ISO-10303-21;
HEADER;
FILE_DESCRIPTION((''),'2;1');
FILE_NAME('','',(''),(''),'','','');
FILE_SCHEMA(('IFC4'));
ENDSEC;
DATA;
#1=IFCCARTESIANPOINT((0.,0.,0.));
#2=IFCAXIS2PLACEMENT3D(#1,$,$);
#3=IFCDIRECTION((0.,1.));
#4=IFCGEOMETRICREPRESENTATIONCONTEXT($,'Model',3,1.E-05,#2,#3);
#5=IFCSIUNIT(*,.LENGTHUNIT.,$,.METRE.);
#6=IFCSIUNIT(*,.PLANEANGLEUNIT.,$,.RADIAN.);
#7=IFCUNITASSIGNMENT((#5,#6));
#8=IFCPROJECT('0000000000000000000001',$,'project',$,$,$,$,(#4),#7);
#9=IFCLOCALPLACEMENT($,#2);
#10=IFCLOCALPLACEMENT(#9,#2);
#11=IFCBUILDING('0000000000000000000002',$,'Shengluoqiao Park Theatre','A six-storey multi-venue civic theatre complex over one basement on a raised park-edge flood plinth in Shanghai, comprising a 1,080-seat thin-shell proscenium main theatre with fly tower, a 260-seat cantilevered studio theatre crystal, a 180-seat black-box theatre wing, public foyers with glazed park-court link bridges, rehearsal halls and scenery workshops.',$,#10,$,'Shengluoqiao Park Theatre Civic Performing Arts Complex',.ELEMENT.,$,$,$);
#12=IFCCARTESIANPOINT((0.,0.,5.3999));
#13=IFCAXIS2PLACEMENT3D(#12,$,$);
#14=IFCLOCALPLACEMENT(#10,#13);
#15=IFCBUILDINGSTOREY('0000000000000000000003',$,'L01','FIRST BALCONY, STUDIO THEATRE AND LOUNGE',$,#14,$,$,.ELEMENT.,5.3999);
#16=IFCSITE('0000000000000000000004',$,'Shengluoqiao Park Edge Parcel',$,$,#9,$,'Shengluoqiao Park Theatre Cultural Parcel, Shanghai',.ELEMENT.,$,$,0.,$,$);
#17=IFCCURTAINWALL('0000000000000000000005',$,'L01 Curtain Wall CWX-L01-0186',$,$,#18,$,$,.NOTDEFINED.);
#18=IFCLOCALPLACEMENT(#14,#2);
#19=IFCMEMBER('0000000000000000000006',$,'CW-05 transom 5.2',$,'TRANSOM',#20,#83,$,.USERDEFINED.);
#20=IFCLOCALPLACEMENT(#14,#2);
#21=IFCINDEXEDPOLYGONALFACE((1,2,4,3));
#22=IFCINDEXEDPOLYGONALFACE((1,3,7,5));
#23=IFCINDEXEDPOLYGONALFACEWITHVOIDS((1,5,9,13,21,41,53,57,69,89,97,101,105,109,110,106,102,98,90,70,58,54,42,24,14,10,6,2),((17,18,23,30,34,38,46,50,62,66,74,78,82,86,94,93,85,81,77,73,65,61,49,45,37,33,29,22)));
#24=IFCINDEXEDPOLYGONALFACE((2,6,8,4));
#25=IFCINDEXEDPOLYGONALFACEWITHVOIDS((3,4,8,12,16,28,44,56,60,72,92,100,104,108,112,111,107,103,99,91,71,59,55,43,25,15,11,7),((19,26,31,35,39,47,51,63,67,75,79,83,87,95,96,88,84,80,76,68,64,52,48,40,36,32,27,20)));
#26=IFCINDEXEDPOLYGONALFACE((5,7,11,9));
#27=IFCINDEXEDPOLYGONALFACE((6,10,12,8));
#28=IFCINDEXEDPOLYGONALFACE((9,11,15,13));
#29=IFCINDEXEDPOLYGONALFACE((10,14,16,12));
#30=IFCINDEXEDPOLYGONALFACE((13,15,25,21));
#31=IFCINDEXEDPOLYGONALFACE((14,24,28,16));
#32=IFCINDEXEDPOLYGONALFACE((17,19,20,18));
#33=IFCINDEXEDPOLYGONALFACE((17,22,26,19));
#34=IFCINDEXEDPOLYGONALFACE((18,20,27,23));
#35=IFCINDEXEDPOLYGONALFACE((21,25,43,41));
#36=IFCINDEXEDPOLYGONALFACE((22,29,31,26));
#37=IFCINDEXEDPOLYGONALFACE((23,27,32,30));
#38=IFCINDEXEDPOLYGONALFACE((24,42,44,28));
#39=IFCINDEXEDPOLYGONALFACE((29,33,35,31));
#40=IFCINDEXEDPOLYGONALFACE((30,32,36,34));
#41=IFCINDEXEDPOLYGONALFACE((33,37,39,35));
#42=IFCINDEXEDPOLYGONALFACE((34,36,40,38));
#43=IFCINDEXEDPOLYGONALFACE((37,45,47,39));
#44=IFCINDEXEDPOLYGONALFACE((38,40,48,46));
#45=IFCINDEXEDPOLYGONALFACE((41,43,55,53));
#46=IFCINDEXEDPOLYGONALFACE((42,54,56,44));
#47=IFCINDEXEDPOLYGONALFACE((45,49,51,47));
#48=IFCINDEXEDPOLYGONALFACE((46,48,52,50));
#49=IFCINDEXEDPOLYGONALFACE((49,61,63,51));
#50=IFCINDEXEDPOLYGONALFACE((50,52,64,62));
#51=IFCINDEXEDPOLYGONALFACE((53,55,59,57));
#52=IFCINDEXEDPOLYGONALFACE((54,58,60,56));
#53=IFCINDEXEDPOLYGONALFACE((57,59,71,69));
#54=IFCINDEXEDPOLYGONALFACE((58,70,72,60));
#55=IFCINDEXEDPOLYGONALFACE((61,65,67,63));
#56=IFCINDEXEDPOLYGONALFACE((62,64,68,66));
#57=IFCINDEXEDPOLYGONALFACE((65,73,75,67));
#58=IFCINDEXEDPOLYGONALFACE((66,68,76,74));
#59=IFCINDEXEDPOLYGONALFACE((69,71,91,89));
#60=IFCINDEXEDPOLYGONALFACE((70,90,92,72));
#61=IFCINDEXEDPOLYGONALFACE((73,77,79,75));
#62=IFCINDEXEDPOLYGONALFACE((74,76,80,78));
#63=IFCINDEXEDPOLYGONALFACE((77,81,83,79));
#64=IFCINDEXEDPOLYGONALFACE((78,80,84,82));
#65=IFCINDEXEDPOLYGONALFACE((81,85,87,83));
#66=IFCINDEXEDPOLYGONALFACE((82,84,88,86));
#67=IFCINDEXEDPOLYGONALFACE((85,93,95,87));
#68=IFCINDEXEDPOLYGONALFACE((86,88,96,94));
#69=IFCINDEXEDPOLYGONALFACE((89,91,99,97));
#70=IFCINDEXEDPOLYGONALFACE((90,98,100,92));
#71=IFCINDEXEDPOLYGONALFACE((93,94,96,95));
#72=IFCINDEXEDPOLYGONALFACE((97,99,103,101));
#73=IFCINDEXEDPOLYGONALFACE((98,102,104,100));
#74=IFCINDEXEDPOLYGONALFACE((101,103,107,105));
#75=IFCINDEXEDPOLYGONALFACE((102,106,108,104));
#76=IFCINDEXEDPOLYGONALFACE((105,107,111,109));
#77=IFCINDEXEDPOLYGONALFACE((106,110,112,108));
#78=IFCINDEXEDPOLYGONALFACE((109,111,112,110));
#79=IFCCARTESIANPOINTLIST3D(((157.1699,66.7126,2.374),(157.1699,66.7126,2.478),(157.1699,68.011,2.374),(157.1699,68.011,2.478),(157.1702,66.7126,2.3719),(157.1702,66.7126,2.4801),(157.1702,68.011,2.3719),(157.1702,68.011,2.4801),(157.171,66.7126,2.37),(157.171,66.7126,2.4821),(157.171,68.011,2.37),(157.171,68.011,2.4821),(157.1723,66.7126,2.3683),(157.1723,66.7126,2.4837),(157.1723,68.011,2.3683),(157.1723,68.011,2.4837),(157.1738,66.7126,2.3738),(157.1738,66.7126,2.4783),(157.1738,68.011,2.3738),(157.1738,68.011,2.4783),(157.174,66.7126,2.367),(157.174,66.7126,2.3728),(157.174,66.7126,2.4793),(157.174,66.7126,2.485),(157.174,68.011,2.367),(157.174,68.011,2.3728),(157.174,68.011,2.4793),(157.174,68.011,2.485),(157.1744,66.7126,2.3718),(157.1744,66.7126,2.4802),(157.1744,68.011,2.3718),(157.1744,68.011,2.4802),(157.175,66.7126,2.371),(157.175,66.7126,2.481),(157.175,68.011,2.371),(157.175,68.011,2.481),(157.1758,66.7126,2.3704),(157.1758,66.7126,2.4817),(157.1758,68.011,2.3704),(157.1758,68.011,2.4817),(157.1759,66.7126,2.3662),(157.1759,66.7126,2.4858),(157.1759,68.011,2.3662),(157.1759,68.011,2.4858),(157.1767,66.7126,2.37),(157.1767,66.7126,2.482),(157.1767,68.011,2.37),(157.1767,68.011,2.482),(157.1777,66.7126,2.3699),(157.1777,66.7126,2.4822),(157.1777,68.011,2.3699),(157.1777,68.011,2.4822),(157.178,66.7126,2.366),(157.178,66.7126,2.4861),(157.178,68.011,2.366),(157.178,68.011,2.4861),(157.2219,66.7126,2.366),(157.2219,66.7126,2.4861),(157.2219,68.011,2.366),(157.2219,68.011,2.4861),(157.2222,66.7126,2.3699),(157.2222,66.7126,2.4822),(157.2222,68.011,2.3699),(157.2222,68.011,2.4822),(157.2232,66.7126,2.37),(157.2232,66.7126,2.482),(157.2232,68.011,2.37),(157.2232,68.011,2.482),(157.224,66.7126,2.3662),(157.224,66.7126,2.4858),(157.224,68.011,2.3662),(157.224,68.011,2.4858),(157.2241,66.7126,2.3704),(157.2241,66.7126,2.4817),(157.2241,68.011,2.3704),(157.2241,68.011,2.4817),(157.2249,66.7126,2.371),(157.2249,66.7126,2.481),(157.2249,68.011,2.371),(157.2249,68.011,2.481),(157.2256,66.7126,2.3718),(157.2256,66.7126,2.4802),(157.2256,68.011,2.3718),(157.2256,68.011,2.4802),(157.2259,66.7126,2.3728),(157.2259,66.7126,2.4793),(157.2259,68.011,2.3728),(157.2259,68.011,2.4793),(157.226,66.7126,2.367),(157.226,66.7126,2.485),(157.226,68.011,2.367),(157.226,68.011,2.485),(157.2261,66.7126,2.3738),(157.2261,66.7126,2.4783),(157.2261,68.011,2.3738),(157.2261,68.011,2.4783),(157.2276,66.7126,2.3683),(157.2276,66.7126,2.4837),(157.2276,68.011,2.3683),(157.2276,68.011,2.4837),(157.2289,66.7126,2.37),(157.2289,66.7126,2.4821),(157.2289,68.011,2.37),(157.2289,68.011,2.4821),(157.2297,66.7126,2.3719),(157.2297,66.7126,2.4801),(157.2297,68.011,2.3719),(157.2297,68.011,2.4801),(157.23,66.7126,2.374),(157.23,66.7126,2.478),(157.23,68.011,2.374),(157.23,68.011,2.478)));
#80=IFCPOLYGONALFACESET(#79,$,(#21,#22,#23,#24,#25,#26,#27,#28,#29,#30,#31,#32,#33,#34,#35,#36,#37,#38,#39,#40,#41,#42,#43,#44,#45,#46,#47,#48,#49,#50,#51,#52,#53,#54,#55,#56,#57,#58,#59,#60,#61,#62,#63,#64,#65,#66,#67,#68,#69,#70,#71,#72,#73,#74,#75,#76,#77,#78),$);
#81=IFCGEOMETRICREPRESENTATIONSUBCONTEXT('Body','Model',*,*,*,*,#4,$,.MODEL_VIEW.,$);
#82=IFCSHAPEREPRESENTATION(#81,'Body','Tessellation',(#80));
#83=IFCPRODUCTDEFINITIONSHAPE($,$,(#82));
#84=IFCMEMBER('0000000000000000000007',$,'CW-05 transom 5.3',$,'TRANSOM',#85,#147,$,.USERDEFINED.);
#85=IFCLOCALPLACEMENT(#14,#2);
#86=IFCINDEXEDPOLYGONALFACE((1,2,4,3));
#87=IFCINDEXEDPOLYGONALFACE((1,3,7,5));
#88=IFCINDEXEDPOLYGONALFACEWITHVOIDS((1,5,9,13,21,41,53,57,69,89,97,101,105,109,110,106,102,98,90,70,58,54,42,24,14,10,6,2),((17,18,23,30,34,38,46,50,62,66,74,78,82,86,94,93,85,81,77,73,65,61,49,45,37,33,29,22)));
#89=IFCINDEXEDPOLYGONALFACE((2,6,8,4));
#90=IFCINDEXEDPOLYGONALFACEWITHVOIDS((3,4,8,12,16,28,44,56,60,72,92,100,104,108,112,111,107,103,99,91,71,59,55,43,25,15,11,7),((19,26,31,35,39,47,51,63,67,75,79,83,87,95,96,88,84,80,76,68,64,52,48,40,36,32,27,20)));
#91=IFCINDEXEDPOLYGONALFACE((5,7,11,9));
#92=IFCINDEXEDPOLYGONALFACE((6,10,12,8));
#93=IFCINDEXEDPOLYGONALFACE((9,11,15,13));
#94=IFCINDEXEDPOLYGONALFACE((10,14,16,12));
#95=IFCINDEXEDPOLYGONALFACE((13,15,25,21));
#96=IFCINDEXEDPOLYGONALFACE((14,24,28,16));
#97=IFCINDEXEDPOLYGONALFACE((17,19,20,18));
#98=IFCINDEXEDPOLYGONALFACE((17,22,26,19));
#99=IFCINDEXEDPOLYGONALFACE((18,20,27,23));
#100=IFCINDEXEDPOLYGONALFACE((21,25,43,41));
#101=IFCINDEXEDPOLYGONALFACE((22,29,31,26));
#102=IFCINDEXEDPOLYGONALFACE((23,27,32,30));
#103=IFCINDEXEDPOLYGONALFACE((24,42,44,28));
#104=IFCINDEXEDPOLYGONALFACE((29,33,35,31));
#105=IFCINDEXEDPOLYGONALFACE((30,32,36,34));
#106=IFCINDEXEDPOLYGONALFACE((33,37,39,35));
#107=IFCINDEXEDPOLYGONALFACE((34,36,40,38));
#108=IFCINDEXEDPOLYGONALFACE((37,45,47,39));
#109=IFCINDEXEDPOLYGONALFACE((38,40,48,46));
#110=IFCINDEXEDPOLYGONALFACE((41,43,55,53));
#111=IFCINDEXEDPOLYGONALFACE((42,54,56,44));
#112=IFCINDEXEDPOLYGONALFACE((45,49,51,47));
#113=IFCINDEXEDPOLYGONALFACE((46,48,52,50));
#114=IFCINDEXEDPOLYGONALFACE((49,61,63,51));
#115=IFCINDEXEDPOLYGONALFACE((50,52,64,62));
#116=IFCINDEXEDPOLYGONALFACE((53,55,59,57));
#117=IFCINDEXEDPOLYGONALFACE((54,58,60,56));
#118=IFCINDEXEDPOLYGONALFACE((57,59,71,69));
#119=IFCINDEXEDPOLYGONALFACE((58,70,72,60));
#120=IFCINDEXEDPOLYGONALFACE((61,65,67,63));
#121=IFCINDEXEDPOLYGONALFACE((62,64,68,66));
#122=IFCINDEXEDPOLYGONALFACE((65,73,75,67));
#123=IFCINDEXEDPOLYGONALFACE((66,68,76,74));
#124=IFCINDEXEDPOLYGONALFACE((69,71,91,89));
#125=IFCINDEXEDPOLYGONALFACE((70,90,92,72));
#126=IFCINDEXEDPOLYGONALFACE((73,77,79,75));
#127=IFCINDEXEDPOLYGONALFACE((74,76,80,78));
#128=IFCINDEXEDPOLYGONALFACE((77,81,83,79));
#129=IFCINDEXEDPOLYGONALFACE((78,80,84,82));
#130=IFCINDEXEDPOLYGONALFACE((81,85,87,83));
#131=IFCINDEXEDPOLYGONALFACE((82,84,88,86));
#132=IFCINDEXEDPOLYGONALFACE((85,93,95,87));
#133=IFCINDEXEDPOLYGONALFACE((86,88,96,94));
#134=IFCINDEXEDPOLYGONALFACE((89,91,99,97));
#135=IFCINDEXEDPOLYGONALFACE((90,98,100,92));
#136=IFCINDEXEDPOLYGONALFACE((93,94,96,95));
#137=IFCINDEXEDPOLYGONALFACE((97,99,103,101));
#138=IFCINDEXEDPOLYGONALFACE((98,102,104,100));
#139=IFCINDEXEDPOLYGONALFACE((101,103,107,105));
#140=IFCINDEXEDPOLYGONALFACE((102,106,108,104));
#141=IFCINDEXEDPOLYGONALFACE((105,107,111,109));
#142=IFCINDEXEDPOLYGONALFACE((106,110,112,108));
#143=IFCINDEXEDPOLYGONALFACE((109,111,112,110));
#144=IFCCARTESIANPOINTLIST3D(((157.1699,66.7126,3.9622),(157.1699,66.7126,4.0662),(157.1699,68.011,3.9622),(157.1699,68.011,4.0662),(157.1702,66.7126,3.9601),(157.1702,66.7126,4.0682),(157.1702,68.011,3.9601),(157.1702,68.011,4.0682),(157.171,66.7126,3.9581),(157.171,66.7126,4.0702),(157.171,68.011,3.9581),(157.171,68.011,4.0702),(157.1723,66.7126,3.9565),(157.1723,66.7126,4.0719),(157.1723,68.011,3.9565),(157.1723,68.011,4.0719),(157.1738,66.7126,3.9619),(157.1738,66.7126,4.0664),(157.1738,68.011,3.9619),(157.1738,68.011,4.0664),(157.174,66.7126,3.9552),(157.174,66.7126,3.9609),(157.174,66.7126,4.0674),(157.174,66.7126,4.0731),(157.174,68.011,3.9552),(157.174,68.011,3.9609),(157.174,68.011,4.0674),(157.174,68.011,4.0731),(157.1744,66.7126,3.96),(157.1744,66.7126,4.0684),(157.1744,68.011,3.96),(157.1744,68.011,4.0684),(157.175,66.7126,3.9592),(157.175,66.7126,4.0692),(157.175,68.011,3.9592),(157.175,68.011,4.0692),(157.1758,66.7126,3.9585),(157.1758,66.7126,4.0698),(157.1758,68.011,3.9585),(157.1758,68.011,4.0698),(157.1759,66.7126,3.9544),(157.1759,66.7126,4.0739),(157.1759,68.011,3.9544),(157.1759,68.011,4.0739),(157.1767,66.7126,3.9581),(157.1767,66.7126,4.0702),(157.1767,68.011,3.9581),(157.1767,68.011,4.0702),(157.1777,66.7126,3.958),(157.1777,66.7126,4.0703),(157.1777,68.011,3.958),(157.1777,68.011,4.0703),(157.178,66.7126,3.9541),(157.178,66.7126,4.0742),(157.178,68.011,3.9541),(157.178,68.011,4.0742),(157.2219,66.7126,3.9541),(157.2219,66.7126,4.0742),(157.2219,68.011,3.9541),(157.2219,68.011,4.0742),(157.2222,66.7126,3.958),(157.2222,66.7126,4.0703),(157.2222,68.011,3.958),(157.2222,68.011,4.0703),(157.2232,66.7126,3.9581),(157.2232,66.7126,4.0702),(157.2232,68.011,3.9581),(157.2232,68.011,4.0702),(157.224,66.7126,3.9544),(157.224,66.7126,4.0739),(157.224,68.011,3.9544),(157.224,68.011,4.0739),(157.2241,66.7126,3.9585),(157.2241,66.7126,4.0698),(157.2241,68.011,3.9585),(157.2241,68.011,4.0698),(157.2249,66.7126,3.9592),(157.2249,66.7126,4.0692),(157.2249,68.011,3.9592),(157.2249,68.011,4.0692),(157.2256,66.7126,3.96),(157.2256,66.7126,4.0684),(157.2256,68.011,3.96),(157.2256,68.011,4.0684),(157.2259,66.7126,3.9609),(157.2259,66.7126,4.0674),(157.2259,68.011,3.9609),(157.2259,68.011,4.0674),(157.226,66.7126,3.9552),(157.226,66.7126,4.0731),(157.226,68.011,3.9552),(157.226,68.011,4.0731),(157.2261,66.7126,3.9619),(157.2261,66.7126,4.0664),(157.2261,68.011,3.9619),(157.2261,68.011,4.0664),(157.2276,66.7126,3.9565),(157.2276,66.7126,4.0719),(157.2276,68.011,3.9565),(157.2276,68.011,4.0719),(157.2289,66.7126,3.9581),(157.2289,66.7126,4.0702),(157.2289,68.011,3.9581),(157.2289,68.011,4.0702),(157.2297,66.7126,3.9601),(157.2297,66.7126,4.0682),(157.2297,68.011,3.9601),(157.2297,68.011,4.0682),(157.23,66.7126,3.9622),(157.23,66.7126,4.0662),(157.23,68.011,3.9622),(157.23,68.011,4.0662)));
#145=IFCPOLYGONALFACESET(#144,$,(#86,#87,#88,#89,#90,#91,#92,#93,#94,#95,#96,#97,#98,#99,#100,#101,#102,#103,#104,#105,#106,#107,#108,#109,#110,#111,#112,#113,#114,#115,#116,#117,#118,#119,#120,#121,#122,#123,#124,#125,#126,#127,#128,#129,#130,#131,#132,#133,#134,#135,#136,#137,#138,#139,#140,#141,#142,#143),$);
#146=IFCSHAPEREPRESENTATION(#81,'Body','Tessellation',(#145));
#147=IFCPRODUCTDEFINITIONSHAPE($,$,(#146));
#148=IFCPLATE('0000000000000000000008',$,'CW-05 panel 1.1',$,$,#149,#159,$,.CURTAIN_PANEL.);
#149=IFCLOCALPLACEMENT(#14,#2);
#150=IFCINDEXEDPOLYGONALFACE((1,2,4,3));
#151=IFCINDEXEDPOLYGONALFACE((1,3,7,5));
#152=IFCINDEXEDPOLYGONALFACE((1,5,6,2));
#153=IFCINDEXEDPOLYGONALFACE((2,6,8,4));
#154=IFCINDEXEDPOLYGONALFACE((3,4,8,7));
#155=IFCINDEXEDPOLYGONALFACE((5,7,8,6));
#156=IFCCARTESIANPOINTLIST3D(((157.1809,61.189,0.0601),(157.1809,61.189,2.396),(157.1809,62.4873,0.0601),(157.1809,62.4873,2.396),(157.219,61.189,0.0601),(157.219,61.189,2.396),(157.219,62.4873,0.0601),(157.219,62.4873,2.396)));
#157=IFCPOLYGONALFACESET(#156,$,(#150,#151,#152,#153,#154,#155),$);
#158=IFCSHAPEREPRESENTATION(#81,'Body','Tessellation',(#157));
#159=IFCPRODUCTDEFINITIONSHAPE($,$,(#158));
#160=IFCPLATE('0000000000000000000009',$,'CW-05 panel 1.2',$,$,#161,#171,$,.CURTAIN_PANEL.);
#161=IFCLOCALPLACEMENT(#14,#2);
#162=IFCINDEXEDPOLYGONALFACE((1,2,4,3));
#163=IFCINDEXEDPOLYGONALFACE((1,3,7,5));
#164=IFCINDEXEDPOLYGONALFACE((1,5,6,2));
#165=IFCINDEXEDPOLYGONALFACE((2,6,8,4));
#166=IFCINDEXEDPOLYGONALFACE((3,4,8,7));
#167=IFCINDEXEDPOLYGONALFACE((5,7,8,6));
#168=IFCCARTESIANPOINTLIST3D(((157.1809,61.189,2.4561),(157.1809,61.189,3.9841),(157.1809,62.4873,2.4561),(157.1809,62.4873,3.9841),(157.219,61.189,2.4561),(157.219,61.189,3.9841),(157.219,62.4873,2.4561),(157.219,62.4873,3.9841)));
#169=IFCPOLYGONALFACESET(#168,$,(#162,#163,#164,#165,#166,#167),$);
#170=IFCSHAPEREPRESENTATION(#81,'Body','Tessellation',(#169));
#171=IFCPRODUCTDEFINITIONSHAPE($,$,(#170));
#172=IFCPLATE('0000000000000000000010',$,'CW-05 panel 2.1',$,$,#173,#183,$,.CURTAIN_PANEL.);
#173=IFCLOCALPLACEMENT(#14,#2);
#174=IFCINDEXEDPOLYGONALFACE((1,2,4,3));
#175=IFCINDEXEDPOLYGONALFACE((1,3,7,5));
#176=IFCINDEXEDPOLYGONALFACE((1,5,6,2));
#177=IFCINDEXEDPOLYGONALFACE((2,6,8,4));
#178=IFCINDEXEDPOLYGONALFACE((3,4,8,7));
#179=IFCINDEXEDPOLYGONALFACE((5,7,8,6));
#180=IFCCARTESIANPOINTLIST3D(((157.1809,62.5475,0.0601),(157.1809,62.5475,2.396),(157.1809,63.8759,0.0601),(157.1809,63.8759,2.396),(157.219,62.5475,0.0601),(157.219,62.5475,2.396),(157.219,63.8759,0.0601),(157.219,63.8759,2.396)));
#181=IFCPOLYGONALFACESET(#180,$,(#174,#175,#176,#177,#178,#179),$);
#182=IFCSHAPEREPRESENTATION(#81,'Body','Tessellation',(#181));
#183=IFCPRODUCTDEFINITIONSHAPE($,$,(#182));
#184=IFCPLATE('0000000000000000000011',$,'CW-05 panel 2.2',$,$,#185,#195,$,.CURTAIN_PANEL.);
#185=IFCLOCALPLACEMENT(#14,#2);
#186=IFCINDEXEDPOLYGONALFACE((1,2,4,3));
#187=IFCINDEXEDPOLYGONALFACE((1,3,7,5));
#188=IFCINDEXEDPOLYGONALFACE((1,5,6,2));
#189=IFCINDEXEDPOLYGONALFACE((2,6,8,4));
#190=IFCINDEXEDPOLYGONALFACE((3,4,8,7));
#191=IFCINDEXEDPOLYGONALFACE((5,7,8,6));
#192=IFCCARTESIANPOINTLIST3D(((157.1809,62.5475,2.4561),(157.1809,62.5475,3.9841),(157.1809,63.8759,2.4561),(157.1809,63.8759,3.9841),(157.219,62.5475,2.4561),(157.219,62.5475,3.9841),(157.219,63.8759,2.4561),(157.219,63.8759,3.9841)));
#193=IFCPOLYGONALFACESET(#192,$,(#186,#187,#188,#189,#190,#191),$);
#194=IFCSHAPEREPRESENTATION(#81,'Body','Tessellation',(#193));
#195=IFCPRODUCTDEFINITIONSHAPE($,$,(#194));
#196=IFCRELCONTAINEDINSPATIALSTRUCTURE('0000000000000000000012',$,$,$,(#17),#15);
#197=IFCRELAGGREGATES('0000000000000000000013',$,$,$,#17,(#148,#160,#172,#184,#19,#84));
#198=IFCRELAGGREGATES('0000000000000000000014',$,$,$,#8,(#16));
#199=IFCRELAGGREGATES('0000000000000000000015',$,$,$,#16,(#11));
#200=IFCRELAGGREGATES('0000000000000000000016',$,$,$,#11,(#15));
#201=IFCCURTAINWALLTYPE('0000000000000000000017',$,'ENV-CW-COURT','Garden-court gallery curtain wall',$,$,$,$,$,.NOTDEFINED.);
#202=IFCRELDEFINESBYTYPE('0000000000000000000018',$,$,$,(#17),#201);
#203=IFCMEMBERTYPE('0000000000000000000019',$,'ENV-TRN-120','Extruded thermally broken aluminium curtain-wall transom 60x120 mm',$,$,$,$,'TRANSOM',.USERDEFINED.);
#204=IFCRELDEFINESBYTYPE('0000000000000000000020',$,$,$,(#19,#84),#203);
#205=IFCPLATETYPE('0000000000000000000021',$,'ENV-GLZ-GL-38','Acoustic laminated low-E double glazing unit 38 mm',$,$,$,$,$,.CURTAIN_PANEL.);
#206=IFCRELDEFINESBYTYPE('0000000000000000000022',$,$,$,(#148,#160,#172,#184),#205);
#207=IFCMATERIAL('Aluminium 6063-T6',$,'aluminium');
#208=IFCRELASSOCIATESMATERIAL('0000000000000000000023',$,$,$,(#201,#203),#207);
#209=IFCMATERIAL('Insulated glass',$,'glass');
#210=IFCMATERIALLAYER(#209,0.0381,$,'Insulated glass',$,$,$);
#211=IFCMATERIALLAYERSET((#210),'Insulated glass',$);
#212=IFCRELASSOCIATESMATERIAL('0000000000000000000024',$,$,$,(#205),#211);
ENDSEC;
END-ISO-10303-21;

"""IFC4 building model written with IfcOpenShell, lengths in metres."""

from ifc_helpers import new_model, si_unit, direction, frame, origin, origin_2d, place, context, subcontext, project, spatial, rectangle, hollow_rectangle, extrude, material, layer, layer_set, material_profile, profile_set, type_object, element, aggregate, save


model = new_model("IFC4")

# Units and contexts
model_context = context("Model", 3, precision=1e-05, world=origin(), true_north=direction((0.0, 1.0)))
body_context = subcontext(model_context, "Body", "Model", "MODEL_VIEW")
ifc_project = project(units=[si_unit("LENGTHUNIT", "METRE"), si_unit("PLANEANGLEUNIT", "RADIAN")], contexts=[model_context])

# Site, building, storey
site_placement = place(None, origin())
site = spatial("IfcSite", under=ifc_project, at=site_placement, Name="Shengluoqiao Park Edge Parcel", LongName="Shengluoqiao Park Theatre Cultural Parcel, Shanghai", CompositionType="ELEMENT", RefElevation=0.0)
building_placement = place(site_placement, origin())
building = spatial("IfcBuilding", under=site, at=building_placement, Name="Shengluoqiao Park Theatre", Description="A six-storey multi-venue civic theatre complex over one basement on a raised park-edge flood plinth in Shanghai, comprising a 1,080-seat thin-shell proscenium main theatre with fly tower, a 260-seat cantilevered studio theatre crystal, a 180-seat black-box theatre wing, public foyers with glazed park-court link bridges, rehearsal halls and scenery workshops.", LongName="Shengluoqiao Park Theatre Civic Performing Arts Complex", CompositionType="ELEMENT")
storey_placement = place(building_placement, frame((0.0, 0.0, 5.3999)))
storey = spatial("IfcBuildingStorey", under=building, at=storey_placement, Name="L01", Description="FIRST BALCONY, STUDIO THEATRE AND LOUNGE", CompositionType="ELEMENT", Elevation=5.3999)

# Curtain wall, members, plates
ifc_material_1 = material(Name="Aluminium 6063-T6", Category="aluminium")
curtain_wall_type = type_object("IfcCurtainWallType", Name="ENV-CW-COURT", Description="Garden-court gallery curtain wall", PredefinedType="NOTDEFINED", material=ifc_material_1)
curtain_wall_placement = place(storey_placement, origin())
curtain_wall = element("IfcCurtainWall", 1, at=curtain_wall_placement, inside=storey, type_object=curtain_wall_type, Name="L01 Curtain Wall CWX-L01-0186", PredefinedType="NOTDEFINED")
ifc_material_profile_1 = material_profile(ifc_material_1, hollow_rectangle(XDim=0.0601, YDim=0.1201, WallThickness=0.0039, InnerFilletRadius=0.0039, OuterFilletRadius=0.0081, at=origin_2d()), Name="ALU TRANSOM 120x60x4")
ifc_profile_set_1 = profile_set([ifc_material_profile_1], Name="Aluminium 6063-T6")
member_type_1 = type_object("IfcMemberType", Name="ENV-TRN-120", Description="Extruded thermally broken aluminium curtain-wall transom 60x120 mm", ElementType="TRANSOM", PredefinedType="USERDEFINED", material=ifc_profile_set_1)
member_1_placement = place(storey_placement, frame((157.2, 66.7126, 2.426), z_axis=(0.0, 1.0, 0.0), x_axis=(-1.0, 0.0, 0.0)))
member_1 = element("IfcMember", 2, at=member_1_placement, type_object=member_type_1, Name="CW-05 transom 5.2", ObjectType="TRANSOM", PredefinedType="USERDEFINED", context=body_context, shape_type="SweptSolid", body=[
    extrude(hollow_rectangle(XDim=0.0601, YDim=0.1201, WallThickness=0.0039, InnerFilletRadius=0.0039, OuterFilletRadius=0.0081, at=origin_2d()), origin(), (0.0, 0.0, 1.0), 1.2983),
])
member_2_placement = place(storey_placement, frame((157.2, 66.7126, 4.0142), z_axis=(0.0, 1.0, 0.0), x_axis=(-1.0, 0.0, 0.0)))
member_2 = element("IfcMember", 3, at=member_2_placement, type_object=member_type_1, Name="CW-05 transom 5.3", ObjectType="TRANSOM", PredefinedType="USERDEFINED", context=body_context, shape_type="SweptSolid", body=[
    extrude(hollow_rectangle(XDim=0.0601, YDim=0.1201, WallThickness=0.0039, InnerFilletRadius=0.0039, OuterFilletRadius=0.0081, at=origin_2d()), origin(), (0.0, 0.0, 1.0), 1.2983),
])
ifc_material_2 = material(Name="Insulated glass", Category="glass")
ifc_layer_1 = layer(ifc_material_2, 0.0381, Name="Insulated glass")
ifc_layer_set_1 = layer_set([ifc_layer_1], Name="Insulated glass")
plate_type = type_object("IfcPlateType", Name="ENV-GLZ-GL-38", Description="Acoustic laminated low-E double glazing unit 38 mm", PredefinedType="CURTAIN_PANEL", material=ifc_layer_set_1)
plate_1_placement = place(storey_placement, frame((157.2, 61.8381, 0.0601), z_axis=(0.0, 0.0, 1.0), x_axis=(0.0, 1.0, 0.0)))
plate_1 = element("IfcPlate", 4, at=plate_1_placement, type_object=plate_type, Name="CW-05 panel 1.1", PredefinedType="CURTAIN_PANEL", context=body_context, shape_type="SweptSolid", body=[
    extrude(rectangle(XDim=1.2983, YDim=0.0381, at=origin_2d()), origin(), (0.0, 0.0, 1.0), 2.3359),
])
plate_2_placement = place(storey_placement, frame((157.2, 61.8381, 2.4561), z_axis=(0.0, 0.0, 1.0), x_axis=(0.0, 1.0, 0.0)))
plate_2 = element("IfcPlate", 5, at=plate_2_placement, type_object=plate_type, Name="CW-05 panel 1.2", PredefinedType="CURTAIN_PANEL", context=body_context, shape_type="SweptSolid", body=[
    extrude(rectangle(XDim=1.2983, YDim=0.0381, at=origin_2d()), origin(), (0.0, 0.0, 1.0), 1.5281),
])
plate_3_placement = place(storey_placement, frame((157.2, 63.2117, 0.0601), z_axis=(0.0, 0.0, 1.0), x_axis=(0.0, 1.0, 0.0)))
plate_3 = element("IfcPlate", 6, at=plate_3_placement, type_object=plate_type, Name="CW-05 panel 2.1", PredefinedType="CURTAIN_PANEL", context=body_context, shape_type="SweptSolid", body=[
    extrude(rectangle(XDim=1.3284, YDim=0.0381, at=origin_2d()), origin(), (0.0, 0.0, 1.0), 2.3359),
])
plate_4_placement = place(storey_placement, frame((157.2, 63.2117, 2.4561), z_axis=(0.0, 0.0, 1.0), x_axis=(0.0, 1.0, 0.0)))
plate_4 = element("IfcPlate", 7, at=plate_4_placement, type_object=plate_type, Name="CW-05 panel 2.2", PredefinedType="CURTAIN_PANEL", context=body_context, shape_type="SweptSolid", body=[
    extrude(rectangle(XDim=1.3284, YDim=0.0381, at=origin_2d()), origin(), (0.0, 0.0, 1.0), 1.5281),
])
aggregate(curtain_wall, [plate_1, plate_2, plate_3, plate_4, member_1, member_2])

save(model, "model.ifc")
